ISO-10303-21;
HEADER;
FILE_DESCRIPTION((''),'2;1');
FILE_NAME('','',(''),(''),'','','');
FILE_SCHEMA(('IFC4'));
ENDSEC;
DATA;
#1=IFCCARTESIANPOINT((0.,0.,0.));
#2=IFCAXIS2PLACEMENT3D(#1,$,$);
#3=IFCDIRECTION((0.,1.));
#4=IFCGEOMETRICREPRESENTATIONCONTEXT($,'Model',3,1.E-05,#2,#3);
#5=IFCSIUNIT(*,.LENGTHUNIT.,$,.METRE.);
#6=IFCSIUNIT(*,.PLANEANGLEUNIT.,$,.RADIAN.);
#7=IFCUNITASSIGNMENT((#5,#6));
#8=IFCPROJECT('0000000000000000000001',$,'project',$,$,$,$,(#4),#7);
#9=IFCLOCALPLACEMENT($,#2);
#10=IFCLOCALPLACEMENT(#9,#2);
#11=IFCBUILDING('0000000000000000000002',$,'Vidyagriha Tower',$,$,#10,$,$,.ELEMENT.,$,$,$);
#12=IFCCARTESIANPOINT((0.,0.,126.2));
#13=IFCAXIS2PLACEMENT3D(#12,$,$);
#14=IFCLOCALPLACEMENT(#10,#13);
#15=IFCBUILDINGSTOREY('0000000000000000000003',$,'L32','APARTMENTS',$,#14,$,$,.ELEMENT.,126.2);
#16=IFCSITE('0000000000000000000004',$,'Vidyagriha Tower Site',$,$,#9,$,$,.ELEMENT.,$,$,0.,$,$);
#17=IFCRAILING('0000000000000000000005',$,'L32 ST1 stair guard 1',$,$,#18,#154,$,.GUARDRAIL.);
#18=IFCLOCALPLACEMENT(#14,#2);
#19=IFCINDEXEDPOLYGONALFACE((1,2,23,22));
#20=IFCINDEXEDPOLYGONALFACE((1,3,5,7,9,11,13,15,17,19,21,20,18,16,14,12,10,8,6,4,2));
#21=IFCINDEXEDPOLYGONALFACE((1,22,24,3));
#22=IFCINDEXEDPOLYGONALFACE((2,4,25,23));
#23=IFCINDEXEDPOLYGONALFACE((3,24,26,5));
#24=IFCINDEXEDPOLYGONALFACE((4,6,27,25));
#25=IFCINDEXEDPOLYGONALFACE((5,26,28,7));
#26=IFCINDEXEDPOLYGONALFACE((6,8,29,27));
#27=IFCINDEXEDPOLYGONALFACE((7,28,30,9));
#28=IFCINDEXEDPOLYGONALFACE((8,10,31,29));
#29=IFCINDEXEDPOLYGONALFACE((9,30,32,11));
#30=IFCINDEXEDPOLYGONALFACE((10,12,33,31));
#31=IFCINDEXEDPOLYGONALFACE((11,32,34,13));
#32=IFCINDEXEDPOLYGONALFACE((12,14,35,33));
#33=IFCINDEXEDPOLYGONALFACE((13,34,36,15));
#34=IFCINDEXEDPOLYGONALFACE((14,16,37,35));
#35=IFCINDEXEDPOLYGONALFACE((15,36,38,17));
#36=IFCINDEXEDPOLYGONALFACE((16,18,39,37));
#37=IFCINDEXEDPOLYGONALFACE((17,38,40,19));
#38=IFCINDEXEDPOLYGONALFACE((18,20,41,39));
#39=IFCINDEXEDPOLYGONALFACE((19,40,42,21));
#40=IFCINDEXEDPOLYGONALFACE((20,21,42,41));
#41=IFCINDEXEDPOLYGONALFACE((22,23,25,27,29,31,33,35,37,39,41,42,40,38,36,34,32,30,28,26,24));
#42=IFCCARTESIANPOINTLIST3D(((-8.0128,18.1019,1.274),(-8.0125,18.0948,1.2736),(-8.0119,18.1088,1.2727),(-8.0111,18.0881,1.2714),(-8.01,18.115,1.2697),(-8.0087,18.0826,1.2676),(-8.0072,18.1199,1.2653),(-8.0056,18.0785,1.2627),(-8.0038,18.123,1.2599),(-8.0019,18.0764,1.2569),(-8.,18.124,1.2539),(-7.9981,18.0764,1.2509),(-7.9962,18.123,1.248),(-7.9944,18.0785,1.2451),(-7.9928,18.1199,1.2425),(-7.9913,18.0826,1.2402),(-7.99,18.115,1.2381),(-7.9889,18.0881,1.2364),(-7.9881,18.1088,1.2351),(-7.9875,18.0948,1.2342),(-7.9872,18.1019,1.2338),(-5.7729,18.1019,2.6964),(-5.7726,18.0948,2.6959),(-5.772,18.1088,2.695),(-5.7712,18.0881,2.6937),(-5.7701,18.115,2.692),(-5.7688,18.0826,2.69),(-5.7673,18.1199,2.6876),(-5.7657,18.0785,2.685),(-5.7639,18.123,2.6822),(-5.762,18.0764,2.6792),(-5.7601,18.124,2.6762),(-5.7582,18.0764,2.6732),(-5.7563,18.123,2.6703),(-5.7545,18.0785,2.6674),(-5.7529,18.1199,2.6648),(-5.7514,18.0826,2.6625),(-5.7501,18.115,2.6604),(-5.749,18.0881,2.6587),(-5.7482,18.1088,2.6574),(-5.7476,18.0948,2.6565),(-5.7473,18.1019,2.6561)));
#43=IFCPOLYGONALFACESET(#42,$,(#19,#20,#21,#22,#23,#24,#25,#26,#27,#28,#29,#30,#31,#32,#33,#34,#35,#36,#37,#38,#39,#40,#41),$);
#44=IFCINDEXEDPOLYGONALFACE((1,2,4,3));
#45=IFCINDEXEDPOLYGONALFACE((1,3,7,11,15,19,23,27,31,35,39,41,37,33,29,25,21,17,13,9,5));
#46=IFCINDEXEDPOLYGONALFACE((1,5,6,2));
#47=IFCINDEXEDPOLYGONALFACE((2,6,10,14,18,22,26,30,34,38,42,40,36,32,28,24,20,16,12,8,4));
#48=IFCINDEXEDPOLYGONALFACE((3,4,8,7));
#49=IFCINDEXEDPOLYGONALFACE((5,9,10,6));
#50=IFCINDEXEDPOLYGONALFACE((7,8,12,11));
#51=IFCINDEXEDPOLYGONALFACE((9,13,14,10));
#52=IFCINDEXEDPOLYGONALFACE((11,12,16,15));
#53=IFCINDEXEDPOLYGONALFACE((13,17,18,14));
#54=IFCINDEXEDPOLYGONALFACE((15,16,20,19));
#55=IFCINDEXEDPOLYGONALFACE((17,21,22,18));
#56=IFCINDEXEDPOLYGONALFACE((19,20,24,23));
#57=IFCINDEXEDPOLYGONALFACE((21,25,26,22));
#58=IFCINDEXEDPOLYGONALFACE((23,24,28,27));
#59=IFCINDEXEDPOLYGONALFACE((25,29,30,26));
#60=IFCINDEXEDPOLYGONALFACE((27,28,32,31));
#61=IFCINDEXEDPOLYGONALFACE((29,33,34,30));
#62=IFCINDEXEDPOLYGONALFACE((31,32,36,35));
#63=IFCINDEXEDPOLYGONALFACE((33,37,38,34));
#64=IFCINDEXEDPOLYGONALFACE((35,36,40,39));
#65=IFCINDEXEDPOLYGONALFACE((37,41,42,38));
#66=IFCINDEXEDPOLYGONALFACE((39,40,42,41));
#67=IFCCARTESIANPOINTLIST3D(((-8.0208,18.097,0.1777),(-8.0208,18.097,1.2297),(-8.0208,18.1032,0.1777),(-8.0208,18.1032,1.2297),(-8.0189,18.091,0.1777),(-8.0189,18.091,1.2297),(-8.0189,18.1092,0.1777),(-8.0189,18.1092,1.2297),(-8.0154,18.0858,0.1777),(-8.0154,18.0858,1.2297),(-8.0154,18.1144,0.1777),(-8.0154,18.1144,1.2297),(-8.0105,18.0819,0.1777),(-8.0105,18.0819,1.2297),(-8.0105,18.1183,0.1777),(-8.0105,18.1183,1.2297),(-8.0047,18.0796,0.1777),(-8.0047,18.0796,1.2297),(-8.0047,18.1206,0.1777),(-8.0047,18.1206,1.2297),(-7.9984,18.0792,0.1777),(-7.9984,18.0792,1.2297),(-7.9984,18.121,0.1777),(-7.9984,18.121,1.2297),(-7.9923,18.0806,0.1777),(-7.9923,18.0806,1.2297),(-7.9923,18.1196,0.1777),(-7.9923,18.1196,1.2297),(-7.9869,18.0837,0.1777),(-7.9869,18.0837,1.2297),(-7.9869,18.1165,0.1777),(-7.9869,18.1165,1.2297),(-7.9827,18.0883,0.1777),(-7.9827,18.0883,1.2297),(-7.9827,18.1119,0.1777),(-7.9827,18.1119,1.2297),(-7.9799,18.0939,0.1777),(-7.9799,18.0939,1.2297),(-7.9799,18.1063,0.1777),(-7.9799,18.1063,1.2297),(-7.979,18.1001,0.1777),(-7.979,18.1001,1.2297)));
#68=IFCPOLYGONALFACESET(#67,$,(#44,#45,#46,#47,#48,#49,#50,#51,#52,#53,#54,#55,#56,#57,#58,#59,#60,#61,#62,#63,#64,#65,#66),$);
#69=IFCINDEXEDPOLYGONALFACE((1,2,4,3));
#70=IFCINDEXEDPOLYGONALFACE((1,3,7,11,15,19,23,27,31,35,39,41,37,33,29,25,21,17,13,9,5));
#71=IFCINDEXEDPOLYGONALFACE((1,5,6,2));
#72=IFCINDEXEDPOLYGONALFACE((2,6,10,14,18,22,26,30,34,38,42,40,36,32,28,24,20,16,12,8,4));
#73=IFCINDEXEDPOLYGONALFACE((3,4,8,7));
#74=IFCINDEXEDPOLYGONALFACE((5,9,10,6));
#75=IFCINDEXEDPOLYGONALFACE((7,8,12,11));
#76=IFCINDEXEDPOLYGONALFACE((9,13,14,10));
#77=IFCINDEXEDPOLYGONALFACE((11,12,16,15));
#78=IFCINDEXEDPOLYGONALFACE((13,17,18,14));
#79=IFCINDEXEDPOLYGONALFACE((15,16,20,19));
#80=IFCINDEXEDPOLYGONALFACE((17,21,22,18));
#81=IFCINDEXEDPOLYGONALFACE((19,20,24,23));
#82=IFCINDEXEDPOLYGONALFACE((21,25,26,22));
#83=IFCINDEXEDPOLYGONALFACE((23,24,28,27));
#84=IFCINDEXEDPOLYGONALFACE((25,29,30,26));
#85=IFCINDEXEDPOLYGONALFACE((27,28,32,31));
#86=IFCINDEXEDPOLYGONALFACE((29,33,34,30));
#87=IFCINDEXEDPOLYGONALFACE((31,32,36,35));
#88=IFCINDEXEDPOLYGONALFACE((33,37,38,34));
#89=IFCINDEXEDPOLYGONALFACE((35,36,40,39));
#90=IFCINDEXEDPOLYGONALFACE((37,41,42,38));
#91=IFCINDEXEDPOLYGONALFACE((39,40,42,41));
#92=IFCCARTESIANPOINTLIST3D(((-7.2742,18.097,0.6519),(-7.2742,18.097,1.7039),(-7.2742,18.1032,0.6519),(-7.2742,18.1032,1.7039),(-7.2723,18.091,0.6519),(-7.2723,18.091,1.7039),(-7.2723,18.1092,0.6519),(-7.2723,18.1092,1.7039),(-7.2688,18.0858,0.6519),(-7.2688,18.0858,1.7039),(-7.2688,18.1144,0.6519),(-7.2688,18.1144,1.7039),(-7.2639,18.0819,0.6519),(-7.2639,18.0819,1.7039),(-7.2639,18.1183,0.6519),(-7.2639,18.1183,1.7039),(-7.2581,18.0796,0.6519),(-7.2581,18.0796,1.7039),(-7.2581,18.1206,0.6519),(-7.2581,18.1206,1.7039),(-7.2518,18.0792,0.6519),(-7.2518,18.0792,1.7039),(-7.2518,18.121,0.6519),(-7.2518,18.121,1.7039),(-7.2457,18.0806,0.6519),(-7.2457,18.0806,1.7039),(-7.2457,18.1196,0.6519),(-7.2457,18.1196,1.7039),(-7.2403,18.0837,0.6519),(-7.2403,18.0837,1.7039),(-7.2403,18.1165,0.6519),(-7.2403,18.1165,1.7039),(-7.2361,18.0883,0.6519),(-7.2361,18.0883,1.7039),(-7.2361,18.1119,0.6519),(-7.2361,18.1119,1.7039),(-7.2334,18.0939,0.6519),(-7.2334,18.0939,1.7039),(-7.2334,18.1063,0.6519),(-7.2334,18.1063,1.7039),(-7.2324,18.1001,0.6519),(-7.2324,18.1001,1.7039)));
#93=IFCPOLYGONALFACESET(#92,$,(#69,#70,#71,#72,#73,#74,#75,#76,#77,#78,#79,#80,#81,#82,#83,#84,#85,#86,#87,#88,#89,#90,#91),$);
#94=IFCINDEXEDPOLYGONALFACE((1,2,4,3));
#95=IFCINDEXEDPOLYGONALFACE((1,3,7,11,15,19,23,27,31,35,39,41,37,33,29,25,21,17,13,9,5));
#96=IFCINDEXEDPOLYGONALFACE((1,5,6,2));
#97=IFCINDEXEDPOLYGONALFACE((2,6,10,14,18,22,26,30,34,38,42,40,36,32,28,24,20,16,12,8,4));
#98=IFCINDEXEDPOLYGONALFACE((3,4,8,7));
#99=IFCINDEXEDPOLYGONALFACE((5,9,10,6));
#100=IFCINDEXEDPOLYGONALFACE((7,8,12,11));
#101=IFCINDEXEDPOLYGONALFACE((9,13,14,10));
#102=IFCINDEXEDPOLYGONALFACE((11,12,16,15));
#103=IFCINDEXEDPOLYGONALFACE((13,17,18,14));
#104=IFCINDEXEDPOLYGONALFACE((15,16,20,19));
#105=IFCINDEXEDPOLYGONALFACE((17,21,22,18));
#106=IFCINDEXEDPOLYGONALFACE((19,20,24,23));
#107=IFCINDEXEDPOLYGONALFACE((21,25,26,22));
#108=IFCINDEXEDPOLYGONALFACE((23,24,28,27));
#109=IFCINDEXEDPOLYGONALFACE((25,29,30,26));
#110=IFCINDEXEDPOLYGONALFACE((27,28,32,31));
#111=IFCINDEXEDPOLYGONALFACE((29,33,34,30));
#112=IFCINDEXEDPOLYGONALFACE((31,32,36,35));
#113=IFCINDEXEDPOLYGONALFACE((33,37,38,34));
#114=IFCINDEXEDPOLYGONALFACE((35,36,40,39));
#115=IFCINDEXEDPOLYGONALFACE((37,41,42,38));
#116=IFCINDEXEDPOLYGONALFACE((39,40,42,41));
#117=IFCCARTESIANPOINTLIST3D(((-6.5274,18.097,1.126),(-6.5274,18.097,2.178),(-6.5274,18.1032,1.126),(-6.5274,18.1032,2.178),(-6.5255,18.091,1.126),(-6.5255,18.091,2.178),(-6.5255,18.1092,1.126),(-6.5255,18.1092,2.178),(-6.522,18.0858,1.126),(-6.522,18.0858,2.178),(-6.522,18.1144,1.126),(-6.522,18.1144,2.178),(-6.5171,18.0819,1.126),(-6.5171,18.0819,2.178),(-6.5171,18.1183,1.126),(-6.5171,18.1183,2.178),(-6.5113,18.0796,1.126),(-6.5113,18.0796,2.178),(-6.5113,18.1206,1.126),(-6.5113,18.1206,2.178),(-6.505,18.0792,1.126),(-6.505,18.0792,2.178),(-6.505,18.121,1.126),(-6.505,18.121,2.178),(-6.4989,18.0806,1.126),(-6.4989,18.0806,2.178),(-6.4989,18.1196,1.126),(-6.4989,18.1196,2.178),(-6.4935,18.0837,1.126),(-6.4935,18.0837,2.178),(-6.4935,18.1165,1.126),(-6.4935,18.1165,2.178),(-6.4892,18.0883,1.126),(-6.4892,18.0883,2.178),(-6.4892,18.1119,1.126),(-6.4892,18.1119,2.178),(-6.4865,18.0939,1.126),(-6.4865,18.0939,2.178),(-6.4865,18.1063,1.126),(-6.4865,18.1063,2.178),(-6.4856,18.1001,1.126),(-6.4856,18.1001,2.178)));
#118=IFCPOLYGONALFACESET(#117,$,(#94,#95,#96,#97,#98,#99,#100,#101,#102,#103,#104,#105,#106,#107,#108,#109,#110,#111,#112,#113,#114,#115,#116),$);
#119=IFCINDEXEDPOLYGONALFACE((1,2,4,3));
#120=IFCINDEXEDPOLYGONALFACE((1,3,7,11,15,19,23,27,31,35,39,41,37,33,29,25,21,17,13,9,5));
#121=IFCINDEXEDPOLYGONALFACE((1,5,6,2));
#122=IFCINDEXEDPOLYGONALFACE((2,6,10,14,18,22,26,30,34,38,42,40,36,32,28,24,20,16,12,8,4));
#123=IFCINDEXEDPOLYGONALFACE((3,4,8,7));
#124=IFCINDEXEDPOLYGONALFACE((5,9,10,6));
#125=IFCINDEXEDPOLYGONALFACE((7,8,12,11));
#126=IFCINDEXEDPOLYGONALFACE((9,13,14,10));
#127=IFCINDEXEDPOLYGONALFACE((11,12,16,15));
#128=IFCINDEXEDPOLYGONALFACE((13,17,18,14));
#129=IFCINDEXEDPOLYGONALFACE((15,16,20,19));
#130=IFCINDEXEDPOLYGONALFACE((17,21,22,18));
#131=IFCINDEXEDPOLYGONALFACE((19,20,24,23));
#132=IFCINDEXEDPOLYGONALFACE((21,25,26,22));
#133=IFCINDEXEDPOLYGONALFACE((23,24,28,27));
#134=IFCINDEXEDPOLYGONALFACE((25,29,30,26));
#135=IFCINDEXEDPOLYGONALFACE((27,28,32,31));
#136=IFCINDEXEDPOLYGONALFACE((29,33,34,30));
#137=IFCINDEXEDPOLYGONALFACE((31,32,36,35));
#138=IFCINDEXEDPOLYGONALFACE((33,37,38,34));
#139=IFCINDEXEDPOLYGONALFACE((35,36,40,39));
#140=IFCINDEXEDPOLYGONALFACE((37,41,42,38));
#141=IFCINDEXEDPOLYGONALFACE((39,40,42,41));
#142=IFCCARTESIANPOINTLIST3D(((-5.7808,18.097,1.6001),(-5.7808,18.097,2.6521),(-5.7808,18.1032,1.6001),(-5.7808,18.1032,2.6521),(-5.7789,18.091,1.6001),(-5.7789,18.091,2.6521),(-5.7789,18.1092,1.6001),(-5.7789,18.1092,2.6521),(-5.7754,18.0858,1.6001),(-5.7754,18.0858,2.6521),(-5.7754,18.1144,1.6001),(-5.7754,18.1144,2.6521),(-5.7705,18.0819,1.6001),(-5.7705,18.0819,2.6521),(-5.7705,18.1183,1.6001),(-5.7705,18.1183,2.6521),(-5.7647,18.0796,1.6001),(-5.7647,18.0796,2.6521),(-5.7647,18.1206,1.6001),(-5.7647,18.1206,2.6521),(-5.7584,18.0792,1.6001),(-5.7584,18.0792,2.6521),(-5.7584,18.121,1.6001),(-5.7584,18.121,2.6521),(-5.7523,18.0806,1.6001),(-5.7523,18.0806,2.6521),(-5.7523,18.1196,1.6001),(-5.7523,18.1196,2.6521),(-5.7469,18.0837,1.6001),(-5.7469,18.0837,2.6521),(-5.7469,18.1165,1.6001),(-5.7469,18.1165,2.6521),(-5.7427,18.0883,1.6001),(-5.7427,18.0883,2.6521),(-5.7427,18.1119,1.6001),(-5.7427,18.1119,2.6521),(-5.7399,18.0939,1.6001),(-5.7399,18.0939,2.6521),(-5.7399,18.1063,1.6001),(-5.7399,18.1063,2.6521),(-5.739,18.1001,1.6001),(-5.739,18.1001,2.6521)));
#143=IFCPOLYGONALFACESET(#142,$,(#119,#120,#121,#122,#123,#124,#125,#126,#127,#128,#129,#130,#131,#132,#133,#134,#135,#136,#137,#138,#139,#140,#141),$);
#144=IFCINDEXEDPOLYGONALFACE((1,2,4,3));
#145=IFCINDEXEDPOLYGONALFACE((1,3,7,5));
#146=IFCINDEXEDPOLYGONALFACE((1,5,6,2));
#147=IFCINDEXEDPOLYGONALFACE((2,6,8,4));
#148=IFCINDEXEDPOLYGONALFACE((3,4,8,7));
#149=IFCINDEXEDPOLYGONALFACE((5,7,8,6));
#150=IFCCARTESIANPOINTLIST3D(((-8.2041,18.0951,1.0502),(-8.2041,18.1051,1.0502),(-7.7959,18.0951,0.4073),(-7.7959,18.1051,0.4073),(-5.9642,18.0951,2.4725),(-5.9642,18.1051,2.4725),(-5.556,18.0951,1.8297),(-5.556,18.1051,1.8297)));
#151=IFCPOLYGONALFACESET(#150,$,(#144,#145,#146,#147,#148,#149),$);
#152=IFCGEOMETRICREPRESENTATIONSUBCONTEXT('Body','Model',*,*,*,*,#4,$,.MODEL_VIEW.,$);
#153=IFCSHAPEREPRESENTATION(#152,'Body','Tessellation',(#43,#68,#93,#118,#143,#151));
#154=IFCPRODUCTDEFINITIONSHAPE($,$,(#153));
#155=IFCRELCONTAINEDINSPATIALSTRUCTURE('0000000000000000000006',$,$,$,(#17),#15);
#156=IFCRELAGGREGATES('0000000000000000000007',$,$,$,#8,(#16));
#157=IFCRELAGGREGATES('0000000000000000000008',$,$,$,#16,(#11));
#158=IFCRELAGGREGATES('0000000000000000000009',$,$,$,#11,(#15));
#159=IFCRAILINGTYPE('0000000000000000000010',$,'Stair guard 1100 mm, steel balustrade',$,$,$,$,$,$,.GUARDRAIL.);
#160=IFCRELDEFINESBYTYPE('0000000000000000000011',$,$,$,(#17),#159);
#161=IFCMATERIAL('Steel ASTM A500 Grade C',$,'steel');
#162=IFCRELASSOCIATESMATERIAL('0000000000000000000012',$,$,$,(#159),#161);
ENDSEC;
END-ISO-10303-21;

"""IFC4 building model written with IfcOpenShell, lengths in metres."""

from ifc_helpers import new_model, si_unit, direction, frame, origin, origin_2d, place, context, subcontext, project, spatial, rectangle, circle, extrude, material, type_object, element, save


model = new_model("IFC4")

# Units and contexts
model_context = context("Model", 3, precision=1e-05, world=origin(), true_north=direction((0.0, 1.0)))
body_context = subcontext(model_context, "Body", "Model", "MODEL_VIEW")
ifc_project = project(units=[si_unit("LENGTHUNIT", "METRE"), si_unit("PLANEANGLEUNIT", "RADIAN")], contexts=[model_context])

# Site, building, storey
site_placement = place(None, origin())
site = spatial("IfcSite", under=ifc_project, at=site_placement, Name="Vidyagriha Tower Site", CompositionType="ELEMENT", RefElevation=0.0)
building_placement = place(site_placement, origin())
building = spatial("IfcBuilding", under=site, at=building_placement, Name="Vidyagriha Tower", CompositionType="ELEMENT")
storey_placement = place(building_placement, frame((0.0, 0.0, 126.2)))
storey = spatial("IfcBuildingStorey", under=building, at=storey_placement, Name="L32", Description="APARTMENTS", CompositionType="ELEMENT", Elevation=126.2)

# Railing
ifc_material_1 = material(Name="Steel ASTM A500 Grade C", Category="steel")
railing_type_1 = type_object("IfcRailingType", Name="Stair guard 1100 mm, steel balustrade", PredefinedType="GUARDRAIL", material=ifc_material_1)
railing_1_placement = place(storey_placement, frame((-8.0, 18.1001, 0.1777)))
element("IfcRailing", 1, at=railing_1_placement, inside=storey, type_object=railing_type_1, Name="L32 ST1 stair guard 1", PredefinedType="GUARDRAIL", context=body_context, shape_type="SweptSolid", body=[
    extrude(circle(Radius=0.0239, at=origin_2d()), frame((0.0, 0.0, 1.0762), z_axis=(0.844188, 0.0, 0.536048), x_axis=(0.0, 1.0, 0.0)), (0.0, 0.0, 1.0), 2.6533),
    extrude(circle(Radius=0.021, at=origin_2d()), origin(), (0.0, 0.0, 1.0), 1.052),
    extrude(circle(Radius=0.021, at=origin_2d()), frame((0.7466, 0.0, 0.4741)), (0.0, 0.0, 1.0), 1.052),
    extrude(circle(Radius=0.021, at=origin_2d()), frame((1.4934, 0.0, 0.9482)), (0.0, 0.0, 1.0), 1.052),
    extrude(circle(Radius=0.021, at=origin_2d()), frame((2.24, 0.0, 1.4224)), (0.0, 0.0, 1.0), 1.052),
    extrude(rectangle(XDim=0.01, YDim=0.7615, at=origin_2d()), frame((0.0, 0.0, 0.551), z_axis=(0.844188, 0.0, 0.536048), x_axis=(0.0, 1.0, 0.0)), (0.0, 0.0, 1.0), 2.6533),
])

save(model, "model.ifc")
